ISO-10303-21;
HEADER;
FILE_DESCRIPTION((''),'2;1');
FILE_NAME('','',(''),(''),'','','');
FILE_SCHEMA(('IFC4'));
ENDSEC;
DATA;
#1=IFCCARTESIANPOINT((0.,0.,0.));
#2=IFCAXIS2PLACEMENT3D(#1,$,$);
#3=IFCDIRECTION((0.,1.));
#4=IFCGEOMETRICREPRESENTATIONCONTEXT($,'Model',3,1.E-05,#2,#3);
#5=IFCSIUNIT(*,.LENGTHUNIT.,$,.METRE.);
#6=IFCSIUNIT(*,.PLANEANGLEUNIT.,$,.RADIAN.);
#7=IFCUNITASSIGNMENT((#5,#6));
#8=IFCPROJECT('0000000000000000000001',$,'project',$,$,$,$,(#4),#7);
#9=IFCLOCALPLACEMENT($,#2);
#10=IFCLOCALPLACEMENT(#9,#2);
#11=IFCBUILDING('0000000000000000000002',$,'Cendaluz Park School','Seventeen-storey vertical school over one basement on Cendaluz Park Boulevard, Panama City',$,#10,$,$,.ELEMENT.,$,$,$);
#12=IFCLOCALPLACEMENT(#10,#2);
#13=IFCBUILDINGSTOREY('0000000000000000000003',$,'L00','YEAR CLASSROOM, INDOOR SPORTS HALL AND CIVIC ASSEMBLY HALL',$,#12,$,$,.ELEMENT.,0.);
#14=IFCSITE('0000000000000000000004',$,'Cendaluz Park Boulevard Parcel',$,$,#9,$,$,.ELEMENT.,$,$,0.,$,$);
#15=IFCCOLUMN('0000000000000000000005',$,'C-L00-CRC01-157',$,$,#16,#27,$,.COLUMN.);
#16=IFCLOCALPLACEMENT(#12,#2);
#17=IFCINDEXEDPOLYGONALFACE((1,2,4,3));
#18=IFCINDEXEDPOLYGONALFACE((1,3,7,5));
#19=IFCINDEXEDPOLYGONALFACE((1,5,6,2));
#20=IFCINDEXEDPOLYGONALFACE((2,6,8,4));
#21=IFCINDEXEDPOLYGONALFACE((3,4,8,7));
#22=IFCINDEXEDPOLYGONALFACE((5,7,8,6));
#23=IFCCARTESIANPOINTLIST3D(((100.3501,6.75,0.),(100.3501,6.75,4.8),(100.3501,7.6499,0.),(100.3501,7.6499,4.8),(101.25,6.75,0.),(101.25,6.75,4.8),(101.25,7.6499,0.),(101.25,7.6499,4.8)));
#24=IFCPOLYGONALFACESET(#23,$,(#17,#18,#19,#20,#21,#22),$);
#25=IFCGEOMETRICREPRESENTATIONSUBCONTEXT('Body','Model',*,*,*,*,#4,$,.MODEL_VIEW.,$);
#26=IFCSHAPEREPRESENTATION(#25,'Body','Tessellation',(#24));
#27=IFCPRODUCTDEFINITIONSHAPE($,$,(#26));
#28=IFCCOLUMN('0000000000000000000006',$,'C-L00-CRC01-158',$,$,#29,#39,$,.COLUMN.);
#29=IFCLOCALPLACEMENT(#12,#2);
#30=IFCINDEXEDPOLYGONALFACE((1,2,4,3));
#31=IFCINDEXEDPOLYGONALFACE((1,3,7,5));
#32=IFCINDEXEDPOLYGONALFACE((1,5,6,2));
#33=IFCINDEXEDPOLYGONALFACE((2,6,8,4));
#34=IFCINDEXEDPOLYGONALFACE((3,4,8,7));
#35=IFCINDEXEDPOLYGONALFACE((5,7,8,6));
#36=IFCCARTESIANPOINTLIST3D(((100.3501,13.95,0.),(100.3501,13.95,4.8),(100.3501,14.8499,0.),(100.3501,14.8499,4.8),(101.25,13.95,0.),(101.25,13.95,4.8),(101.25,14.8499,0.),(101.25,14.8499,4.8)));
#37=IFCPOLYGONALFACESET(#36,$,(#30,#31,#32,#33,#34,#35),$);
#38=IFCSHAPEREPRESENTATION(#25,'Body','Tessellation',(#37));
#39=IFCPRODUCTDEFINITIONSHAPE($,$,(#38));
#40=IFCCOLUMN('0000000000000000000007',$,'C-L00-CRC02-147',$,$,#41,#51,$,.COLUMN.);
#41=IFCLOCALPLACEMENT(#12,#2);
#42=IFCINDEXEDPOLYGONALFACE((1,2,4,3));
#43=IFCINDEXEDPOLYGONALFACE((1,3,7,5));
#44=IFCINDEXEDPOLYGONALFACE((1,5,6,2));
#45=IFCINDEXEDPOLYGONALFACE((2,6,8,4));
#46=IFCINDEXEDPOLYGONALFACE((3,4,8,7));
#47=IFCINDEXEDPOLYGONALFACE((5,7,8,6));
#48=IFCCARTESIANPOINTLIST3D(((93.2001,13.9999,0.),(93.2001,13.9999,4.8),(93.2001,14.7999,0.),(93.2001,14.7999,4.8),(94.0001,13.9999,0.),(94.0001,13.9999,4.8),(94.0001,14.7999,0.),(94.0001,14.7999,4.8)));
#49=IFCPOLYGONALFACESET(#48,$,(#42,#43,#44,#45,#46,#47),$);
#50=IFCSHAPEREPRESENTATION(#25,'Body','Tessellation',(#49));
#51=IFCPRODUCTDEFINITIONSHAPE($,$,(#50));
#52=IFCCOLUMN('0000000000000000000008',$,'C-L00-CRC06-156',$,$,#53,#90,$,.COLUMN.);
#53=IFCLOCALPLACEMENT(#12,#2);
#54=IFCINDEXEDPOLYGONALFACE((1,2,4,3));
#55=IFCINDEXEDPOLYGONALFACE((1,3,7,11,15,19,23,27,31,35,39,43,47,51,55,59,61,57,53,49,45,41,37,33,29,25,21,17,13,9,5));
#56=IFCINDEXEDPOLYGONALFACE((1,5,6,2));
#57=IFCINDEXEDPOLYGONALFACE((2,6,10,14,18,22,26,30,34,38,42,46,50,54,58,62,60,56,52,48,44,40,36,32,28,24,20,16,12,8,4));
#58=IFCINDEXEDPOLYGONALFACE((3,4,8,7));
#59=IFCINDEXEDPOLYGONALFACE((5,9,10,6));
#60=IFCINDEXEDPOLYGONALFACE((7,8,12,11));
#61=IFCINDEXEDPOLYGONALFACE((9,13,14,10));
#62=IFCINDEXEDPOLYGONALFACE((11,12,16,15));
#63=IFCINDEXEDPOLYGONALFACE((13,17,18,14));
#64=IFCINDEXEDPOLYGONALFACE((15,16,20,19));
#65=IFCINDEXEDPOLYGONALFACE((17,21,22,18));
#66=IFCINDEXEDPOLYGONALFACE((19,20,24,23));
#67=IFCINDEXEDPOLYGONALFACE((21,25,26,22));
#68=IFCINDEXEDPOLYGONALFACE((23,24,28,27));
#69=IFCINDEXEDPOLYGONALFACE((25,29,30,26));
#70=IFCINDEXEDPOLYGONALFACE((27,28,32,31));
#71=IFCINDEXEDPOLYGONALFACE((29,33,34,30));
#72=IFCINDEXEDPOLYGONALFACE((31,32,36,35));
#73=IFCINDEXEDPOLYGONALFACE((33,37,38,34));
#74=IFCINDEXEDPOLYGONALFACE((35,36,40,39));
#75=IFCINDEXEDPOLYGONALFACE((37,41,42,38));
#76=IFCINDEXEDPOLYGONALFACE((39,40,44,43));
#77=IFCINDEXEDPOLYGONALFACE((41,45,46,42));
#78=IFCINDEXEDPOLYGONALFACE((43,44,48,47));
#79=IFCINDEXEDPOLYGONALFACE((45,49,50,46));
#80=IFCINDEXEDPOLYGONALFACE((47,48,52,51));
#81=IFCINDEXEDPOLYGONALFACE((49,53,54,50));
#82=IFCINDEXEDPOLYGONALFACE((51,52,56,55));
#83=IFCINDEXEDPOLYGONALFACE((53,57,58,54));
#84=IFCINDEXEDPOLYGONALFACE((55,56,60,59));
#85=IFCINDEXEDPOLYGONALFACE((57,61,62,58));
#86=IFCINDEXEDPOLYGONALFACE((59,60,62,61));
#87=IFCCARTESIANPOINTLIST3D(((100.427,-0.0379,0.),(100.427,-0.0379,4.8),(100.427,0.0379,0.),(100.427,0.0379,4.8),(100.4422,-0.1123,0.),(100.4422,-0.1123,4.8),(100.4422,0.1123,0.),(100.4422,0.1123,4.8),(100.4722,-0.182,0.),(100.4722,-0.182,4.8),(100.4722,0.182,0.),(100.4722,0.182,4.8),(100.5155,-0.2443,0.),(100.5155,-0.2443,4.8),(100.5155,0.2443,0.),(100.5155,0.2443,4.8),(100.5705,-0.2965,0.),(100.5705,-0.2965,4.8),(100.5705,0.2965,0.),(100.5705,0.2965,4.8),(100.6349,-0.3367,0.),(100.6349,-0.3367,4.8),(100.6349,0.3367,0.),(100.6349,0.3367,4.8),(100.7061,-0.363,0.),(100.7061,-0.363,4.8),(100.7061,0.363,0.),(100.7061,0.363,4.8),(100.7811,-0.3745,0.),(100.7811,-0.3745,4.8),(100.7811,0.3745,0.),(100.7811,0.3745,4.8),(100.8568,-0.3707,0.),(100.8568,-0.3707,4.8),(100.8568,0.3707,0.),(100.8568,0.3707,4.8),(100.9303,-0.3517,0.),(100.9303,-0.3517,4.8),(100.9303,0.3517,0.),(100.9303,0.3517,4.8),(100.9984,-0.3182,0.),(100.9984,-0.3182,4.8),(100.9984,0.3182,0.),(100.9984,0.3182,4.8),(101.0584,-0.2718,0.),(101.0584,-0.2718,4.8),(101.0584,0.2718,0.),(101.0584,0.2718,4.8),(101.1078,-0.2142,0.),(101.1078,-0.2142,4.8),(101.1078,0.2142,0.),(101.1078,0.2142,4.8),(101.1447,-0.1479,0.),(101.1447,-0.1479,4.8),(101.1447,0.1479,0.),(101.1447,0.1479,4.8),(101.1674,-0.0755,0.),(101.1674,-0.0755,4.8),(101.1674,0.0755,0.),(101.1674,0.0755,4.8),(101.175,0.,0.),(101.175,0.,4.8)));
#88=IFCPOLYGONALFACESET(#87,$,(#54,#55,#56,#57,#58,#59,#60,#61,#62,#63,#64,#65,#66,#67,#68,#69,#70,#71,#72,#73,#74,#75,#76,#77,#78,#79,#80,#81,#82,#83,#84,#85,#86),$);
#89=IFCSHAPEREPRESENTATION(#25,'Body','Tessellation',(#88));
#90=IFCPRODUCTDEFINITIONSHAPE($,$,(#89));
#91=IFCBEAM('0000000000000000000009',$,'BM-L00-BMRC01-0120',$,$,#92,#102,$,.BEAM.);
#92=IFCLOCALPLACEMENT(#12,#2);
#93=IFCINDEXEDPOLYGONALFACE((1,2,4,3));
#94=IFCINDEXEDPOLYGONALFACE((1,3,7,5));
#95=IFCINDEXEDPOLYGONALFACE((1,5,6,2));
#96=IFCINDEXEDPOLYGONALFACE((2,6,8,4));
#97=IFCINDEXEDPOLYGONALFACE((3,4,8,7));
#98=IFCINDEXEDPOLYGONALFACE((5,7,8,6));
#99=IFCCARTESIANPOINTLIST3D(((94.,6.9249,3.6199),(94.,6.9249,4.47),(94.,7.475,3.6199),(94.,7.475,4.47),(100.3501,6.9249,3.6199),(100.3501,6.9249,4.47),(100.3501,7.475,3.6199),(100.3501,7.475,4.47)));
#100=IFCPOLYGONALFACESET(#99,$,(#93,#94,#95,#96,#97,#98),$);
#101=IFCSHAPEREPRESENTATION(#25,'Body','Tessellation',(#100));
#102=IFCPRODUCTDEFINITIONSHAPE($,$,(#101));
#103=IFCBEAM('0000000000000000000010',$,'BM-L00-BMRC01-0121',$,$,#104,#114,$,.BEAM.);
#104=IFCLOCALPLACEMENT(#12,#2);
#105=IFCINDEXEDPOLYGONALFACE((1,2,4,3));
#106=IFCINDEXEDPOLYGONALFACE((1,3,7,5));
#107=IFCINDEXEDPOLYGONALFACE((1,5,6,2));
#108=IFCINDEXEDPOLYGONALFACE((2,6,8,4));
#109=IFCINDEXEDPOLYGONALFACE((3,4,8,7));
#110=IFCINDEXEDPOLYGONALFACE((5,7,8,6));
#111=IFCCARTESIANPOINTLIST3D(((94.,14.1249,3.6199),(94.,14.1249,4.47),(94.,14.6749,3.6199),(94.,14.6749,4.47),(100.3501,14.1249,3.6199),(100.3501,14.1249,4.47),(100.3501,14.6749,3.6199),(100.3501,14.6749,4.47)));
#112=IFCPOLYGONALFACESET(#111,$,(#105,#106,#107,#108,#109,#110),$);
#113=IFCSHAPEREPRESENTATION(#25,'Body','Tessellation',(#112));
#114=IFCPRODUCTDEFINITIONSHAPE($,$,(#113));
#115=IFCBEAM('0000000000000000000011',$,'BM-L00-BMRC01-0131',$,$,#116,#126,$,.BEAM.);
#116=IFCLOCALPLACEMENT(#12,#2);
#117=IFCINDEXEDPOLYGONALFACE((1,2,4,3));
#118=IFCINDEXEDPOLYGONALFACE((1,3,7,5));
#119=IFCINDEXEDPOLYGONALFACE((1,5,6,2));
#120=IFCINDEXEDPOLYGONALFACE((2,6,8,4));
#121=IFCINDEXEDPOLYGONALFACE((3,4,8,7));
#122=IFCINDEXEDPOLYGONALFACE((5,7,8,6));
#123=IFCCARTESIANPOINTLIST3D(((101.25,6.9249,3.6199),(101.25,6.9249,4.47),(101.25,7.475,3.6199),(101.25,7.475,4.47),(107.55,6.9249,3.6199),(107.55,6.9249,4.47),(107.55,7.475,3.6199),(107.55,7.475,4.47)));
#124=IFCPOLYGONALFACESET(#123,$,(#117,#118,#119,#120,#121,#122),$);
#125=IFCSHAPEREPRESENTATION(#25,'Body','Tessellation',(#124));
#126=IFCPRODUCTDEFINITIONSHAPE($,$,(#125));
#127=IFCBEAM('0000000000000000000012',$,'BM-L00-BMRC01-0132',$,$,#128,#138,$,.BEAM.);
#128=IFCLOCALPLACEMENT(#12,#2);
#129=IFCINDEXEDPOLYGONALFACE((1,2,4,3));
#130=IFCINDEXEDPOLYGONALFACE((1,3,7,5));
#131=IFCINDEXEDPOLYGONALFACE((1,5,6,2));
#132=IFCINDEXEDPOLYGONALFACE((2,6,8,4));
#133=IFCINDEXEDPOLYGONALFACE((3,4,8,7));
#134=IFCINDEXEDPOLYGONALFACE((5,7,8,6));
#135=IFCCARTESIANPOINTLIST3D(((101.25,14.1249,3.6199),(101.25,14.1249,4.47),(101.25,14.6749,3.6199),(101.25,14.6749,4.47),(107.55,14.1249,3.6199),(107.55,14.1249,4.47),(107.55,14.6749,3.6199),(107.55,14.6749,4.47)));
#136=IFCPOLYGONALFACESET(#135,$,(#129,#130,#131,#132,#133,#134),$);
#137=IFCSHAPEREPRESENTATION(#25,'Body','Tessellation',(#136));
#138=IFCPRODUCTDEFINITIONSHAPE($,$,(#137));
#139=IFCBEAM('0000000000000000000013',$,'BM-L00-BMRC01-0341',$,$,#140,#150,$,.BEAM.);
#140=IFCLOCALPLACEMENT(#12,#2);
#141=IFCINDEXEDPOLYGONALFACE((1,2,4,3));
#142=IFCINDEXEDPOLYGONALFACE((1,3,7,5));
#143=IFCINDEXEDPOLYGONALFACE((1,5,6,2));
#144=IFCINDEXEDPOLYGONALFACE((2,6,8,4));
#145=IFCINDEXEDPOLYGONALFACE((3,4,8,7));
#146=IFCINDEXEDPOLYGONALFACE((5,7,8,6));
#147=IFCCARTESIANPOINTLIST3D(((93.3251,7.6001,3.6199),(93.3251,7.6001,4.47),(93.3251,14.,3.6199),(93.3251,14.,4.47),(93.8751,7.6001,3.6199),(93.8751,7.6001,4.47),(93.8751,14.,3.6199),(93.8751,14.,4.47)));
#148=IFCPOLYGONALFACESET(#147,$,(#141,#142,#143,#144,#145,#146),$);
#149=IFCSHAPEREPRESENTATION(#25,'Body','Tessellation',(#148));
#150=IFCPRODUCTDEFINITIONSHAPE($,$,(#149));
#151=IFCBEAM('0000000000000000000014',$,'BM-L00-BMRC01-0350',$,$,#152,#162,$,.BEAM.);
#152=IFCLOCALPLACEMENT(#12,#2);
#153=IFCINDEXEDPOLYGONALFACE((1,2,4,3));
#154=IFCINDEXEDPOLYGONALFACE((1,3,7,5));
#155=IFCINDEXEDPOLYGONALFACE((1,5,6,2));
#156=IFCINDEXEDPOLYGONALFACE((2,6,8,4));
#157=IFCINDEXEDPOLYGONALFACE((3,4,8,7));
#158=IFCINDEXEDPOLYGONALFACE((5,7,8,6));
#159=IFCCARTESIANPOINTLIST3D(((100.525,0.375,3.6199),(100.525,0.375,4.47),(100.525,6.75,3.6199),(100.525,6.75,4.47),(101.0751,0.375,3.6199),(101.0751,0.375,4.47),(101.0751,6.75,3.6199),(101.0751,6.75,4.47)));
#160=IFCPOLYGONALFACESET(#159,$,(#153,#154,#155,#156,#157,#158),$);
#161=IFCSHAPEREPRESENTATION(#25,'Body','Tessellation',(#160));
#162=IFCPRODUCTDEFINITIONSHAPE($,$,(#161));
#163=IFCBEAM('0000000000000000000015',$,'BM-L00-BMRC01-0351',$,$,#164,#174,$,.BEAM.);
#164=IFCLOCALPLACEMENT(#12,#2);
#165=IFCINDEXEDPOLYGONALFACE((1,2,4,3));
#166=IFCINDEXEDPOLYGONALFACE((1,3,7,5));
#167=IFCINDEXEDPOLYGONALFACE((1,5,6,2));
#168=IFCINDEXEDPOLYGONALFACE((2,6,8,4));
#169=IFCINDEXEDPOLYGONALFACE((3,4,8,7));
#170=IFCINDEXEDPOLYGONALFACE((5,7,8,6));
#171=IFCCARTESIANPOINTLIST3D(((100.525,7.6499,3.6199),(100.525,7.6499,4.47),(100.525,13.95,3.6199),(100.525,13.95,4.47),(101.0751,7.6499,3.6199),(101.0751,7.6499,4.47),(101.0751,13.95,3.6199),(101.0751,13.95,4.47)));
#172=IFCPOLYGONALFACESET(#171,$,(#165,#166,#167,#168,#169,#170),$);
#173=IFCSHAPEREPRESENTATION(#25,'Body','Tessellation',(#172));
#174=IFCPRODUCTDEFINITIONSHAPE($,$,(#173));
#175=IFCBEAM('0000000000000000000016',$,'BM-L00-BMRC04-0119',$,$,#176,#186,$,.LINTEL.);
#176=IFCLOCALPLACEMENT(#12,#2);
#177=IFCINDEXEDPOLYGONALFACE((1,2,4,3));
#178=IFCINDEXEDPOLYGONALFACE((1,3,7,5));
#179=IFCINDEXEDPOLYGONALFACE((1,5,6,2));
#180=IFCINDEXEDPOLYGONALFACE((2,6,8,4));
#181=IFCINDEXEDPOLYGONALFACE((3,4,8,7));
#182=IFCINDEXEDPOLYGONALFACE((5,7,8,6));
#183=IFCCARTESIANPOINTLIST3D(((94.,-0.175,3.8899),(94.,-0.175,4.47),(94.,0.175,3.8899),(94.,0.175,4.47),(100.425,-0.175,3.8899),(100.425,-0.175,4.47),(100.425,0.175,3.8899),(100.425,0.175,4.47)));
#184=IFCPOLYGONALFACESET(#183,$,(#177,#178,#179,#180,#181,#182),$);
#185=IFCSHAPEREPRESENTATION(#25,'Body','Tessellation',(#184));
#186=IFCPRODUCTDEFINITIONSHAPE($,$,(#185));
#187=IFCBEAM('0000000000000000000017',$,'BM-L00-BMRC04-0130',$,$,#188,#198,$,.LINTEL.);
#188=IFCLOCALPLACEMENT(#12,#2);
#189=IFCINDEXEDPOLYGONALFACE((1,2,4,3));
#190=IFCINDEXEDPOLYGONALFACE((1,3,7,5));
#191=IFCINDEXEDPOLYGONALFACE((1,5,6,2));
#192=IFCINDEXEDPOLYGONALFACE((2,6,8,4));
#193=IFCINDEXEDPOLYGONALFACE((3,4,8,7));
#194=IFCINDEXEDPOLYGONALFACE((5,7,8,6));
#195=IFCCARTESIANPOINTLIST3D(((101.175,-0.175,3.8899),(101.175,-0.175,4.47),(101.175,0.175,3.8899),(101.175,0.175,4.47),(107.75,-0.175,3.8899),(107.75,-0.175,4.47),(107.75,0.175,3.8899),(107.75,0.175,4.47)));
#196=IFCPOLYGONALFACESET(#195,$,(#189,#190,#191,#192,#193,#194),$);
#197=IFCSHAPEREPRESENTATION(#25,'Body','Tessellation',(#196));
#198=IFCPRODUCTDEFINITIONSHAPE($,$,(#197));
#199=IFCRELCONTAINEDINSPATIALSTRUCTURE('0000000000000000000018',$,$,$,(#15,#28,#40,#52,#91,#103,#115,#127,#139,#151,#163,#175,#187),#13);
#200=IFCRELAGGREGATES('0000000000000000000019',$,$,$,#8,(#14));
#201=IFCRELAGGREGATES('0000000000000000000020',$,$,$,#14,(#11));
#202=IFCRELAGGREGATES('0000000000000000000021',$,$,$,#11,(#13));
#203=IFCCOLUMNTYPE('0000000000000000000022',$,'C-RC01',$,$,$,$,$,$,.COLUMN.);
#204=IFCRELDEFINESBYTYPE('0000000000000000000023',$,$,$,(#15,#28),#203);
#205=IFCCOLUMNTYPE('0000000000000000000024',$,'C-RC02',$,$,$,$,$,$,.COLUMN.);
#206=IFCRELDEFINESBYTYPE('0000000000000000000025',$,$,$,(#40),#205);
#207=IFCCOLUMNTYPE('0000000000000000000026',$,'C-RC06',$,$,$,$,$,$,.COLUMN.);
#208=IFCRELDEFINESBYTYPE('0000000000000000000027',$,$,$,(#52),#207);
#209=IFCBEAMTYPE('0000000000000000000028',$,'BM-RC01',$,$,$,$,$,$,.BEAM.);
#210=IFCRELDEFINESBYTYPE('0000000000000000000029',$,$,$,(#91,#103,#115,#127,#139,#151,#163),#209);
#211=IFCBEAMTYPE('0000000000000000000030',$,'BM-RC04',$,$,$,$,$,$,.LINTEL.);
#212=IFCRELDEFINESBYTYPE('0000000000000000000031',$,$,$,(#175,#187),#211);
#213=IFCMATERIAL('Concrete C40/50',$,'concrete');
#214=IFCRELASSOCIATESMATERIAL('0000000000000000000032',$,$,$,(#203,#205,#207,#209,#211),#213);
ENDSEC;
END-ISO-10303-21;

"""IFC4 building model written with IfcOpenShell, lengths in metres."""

from ifc_helpers import new_model, si_unit, direction, frame, origin, origin_2d, place, context, subcontext, project, spatial, rectangle, circle, extrude, material, material_profile, profile_set, type_object, element, save


model = new_model("IFC4")

# Units and contexts
model_context = context("Model", 3, precision=1e-05, world=origin(), true_north=direction((0.0, 1.0)))
body_context = subcontext(model_context, "Body", "Model", "MODEL_VIEW")
ifc_project = project(units=[si_unit("LENGTHUNIT", "METRE"), si_unit("PLANEANGLEUNIT", "RADIAN")], contexts=[model_context])

# Site, building, storey
site_placement = place(None, origin())
site = spatial("IfcSite", under=ifc_project, at=site_placement, Name="Cendaluz Park Boulevard Parcel", CompositionType="ELEMENT", RefElevation=0.0)
building_placement = place(site_placement, origin())
building = spatial("IfcBuilding", under=site, at=building_placement, Name="Cendaluz Park School", Description="Seventeen-storey vertical school over one basement on Cendaluz Park Boulevard, Panama City", CompositionType="ELEMENT")
storey_placement = place(building_placement, origin())
storey = spatial("IfcBuildingStorey", under=building, at=storey_placement, Name="L00", Description="YEAR CLASSROOM, INDOOR SPORTS HALL AND CIVIC ASSEMBLY HALL", CompositionType="ELEMENT", Elevation=0.0)

# Columns
ifc_material_1 = material(Name="Concrete C40/50", Category="concrete")
ifc_material_profile_1 = material_profile(ifc_material_1, rectangle(XDim=0.8999, YDim=0.8999, at=origin_2d()), Name="RC 900x900", Category="concrete")
ifc_profile_set_1 = profile_set([ifc_material_profile_1], Name="Concrete C40/50")
column_type_1 = type_object("IfcColumnType", Name="C-RC01", PredefinedType="COLUMN", material=ifc_profile_set_1)
for number, where, z_axis, x_axis, name in (
    (1, (100.8, 7.2, 0.0), (0.0, 0.0, 1.0), (1.0, 0.0, 0.0), "C-L00-CRC01-157"),
    (2, (100.8, 14.3999, 0.0), (0.0, 0.0, 1.0), (1.0, 0.0, 0.0), "C-L00-CRC01-158"),
):
    element("IfcColumn", number, at=place(storey_placement, frame(where, z_axis=z_axis, x_axis=x_axis)), inside=storey, type_object=column_type_1, Name=name, PredefinedType="COLUMN", context=body_context, shape_type="SweptSolid", body=[
        extrude(rectangle(XDim=0.8999, YDim=0.8999, at=origin_2d()), origin(), (0.0, 0.0, 1.0), 4.8),
    ])
ifc_material_profile_2 = material_profile(ifc_material_1, rectangle(XDim=0.8, YDim=0.8, at=origin_2d()), Name="RC 800x800", Category="concrete")
ifc_profile_set_2 = profile_set([ifc_material_profile_2], Name="Concrete C40/50")
column_type_2 = type_object("IfcColumnType", Name="C-RC02", PredefinedType="COLUMN", material=ifc_profile_set_2)
column_1_placement = place(storey_placement, frame((93.6001, 14.3999, 0.0), z_axis=(0.0, 0.0, 1.0), x_axis=(1.0, 0.0, 0.0)))
element("IfcColumn", 3, at=column_1_placement, inside=storey, type_object=column_type_2, Name="C-L00-CRC02-147", PredefinedType="COLUMN", context=body_context, shape_type="SweptSolid", body=[
    extrude(rectangle(XDim=0.8, YDim=0.8, at=origin_2d()), origin(), (0.0, 0.0, 1.0), 4.8),
])
ifc_material_profile_3 = material_profile(ifc_material_1, circle(Radius=0.375, at=origin_2d()), Name="RC D750", Category="concrete")
ifc_profile_set_3 = profile_set([ifc_material_profile_3], Name="Concrete C40/50")
column_type_3 = type_object("IfcColumnType", Name="C-RC06", PredefinedType="COLUMN", material=ifc_profile_set_3)
column_2_placement = place(storey_placement, frame((100.8, 0.0, 0.0), z_axis=(0.0, 0.0, 1.0), x_axis=(1.0, 0.0, 0.0)))
element("IfcColumn", 4, at=column_2_placement, inside=storey, type_object=column_type_3, Name="C-L00-CRC06-156", PredefinedType="COLUMN", context=body_context, shape_type="SweptSolid", body=[
    extrude(circle(Radius=0.375, at=origin_2d()), origin(), (0.0, 0.0, 1.0), 4.8),
])

# Beams
ifc_material_profile_4 = material_profile(ifc_material_1, rectangle(XDim=0.55, YDim=0.8501, at=origin_2d()), Name="RC 550x850", Category="concrete")
ifc_profile_set_4 = profile_set([ifc_material_profile_4], Name="Concrete C40/50")
beam_type_1 = type_object("IfcBeamType", Name="BM-RC01", PredefinedType="BEAM", material=ifc_profile_set_4)
for number, where, z_axis, x_axis, name in (
    (5, (94.0, 7.2, 4.0449), (1.0, 0.0, 0.0), (0.0, 1.0, 0.0), "BM-L00-BMRC01-0120"),
    (6, (94.0, 14.3999, 4.0449), (1.0, 0.0, 0.0), (0.0, 1.0, 0.0), "BM-L00-BMRC01-0121"),
):
    element("IfcBeam", number, at=place(storey_placement, frame(where, z_axis=z_axis, x_axis=x_axis)), inside=storey, type_object=beam_type_1, Name=name, PredefinedType="BEAM", context=body_context, shape_type="SweptSolid", body=[
        extrude(rectangle(XDim=0.55, YDim=0.8501, at=origin_2d()), origin(), (0.0, 0.0, 1.0), 6.3501),
    ])
for number, where, z_axis, x_axis, name in (
    (7, (101.25, 7.2, 4.0449), (1.0, 0.0, 0.0), (0.0, 1.0, 0.0), "BM-L00-BMRC01-0131"),
    (8, (101.25, 14.3999, 4.0449), (1.0, 0.0, 0.0), (0.0, 1.0, 0.0), "BM-L00-BMRC01-0132"),
):
    element("IfcBeam", number, at=place(storey_placement, frame(where, z_axis=z_axis, x_axis=x_axis)), inside=storey, type_object=beam_type_1, Name=name, PredefinedType="BEAM", context=body_context, shape_type="SweptSolid", body=[
        extrude(rectangle(XDim=0.55, YDim=0.8501, at=origin_2d()), origin(), (0.0, 0.0, 1.0), 6.3),
    ])
beam_1_placement = place(storey_placement, frame((93.6001, 7.6001, 4.0449), z_axis=(0.0, 1.0, 0.0), x_axis=(-1.0, 0.0, 0.0)))
element("IfcBeam", 9, at=beam_1_placement, inside=storey, type_object=beam_type_1, Name="BM-L00-BMRC01-0341", PredefinedType="BEAM", context=body_context, shape_type="SweptSolid", body=[
    extrude(rectangle(XDim=0.55, YDim=0.8501, at=origin_2d()), origin(), (0.0, 0.0, 1.0), 6.3999),
])
beam_2_placement = place(storey_placement, frame((100.8, 0.375, 4.0449), z_axis=(0.0, 1.0, 0.0), x_axis=(-1.0, 0.0, 0.0)))
element("IfcBeam", 10, at=beam_2_placement, inside=storey, type_object=beam_type_1, Name="BM-L00-BMRC01-0350", PredefinedType="BEAM", context=body_context, shape_type="SweptSolid", body=[
    extrude(rectangle(XDim=0.55, YDim=0.8501, at=origin_2d()), origin(), (0.0, 0.0, 1.0), 6.375),
])
beam_3_placement = place(storey_placement, frame((100.8, 7.6499, 4.0449), z_axis=(0.0, 1.0, 0.0), x_axis=(-1.0, 0.0, 0.0)))
element("IfcBeam", 11, at=beam_3_placement, inside=storey, type_object=beam_type_1, Name="BM-L00-BMRC01-0351", PredefinedType="BEAM", context=body_context, shape_type="SweptSolid", body=[
    extrude(rectangle(XDim=0.55, YDim=0.8501, at=origin_2d()), origin(), (0.0, 0.0, 1.0), 6.3),
])
ifc_material_profile_5 = material_profile(ifc_material_1, rectangle(XDim=0.3501, YDim=0.5801, at=origin_2d()), Name="RC 350x580", Category="concrete")
ifc_profile_set_5 = profile_set([ifc_material_profile_5], Name="Concrete C40/50")
beam_type_2 = type_object("IfcBeamType", Name="BM-RC04", PredefinedType="LINTEL", material=ifc_profile_set_5)
beam_4_placement = place(storey_placement, frame((94.0, 0.0, 4.1799), z_axis=(1.0, 0.0, 0.0), x_axis=(0.0, 1.0, 0.0)))
element("IfcBeam", 12, at=beam_4_placement, inside=storey, type_object=beam_type_2, Name="BM-L00-BMRC04-0119", PredefinedType="LINTEL", context=body_context, shape_type="SweptSolid", body=[
    extrude(rectangle(XDim=0.3501, YDim=0.5801, at=origin_2d()), origin(), (0.0, 0.0, 1.0), 6.425),
])
beam_5_placement = place(storey_placement, frame((101.175, 0.0, 4.1799), z_axis=(1.0, 0.0, 0.0), x_axis=(0.0, 1.0, 0.0)))
element("IfcBeam", 13, at=beam_5_placement, inside=storey, type_object=beam_type_2, Name="BM-L00-BMRC04-0130", PredefinedType="LINTEL", context=body_context, shape_type="SweptSolid", body=[
    extrude(rectangle(XDim=0.3501, YDim=0.5801, at=origin_2d()), origin(), (0.0, 0.0, 1.0), 6.575),
])

save(model, "model.ifc")
